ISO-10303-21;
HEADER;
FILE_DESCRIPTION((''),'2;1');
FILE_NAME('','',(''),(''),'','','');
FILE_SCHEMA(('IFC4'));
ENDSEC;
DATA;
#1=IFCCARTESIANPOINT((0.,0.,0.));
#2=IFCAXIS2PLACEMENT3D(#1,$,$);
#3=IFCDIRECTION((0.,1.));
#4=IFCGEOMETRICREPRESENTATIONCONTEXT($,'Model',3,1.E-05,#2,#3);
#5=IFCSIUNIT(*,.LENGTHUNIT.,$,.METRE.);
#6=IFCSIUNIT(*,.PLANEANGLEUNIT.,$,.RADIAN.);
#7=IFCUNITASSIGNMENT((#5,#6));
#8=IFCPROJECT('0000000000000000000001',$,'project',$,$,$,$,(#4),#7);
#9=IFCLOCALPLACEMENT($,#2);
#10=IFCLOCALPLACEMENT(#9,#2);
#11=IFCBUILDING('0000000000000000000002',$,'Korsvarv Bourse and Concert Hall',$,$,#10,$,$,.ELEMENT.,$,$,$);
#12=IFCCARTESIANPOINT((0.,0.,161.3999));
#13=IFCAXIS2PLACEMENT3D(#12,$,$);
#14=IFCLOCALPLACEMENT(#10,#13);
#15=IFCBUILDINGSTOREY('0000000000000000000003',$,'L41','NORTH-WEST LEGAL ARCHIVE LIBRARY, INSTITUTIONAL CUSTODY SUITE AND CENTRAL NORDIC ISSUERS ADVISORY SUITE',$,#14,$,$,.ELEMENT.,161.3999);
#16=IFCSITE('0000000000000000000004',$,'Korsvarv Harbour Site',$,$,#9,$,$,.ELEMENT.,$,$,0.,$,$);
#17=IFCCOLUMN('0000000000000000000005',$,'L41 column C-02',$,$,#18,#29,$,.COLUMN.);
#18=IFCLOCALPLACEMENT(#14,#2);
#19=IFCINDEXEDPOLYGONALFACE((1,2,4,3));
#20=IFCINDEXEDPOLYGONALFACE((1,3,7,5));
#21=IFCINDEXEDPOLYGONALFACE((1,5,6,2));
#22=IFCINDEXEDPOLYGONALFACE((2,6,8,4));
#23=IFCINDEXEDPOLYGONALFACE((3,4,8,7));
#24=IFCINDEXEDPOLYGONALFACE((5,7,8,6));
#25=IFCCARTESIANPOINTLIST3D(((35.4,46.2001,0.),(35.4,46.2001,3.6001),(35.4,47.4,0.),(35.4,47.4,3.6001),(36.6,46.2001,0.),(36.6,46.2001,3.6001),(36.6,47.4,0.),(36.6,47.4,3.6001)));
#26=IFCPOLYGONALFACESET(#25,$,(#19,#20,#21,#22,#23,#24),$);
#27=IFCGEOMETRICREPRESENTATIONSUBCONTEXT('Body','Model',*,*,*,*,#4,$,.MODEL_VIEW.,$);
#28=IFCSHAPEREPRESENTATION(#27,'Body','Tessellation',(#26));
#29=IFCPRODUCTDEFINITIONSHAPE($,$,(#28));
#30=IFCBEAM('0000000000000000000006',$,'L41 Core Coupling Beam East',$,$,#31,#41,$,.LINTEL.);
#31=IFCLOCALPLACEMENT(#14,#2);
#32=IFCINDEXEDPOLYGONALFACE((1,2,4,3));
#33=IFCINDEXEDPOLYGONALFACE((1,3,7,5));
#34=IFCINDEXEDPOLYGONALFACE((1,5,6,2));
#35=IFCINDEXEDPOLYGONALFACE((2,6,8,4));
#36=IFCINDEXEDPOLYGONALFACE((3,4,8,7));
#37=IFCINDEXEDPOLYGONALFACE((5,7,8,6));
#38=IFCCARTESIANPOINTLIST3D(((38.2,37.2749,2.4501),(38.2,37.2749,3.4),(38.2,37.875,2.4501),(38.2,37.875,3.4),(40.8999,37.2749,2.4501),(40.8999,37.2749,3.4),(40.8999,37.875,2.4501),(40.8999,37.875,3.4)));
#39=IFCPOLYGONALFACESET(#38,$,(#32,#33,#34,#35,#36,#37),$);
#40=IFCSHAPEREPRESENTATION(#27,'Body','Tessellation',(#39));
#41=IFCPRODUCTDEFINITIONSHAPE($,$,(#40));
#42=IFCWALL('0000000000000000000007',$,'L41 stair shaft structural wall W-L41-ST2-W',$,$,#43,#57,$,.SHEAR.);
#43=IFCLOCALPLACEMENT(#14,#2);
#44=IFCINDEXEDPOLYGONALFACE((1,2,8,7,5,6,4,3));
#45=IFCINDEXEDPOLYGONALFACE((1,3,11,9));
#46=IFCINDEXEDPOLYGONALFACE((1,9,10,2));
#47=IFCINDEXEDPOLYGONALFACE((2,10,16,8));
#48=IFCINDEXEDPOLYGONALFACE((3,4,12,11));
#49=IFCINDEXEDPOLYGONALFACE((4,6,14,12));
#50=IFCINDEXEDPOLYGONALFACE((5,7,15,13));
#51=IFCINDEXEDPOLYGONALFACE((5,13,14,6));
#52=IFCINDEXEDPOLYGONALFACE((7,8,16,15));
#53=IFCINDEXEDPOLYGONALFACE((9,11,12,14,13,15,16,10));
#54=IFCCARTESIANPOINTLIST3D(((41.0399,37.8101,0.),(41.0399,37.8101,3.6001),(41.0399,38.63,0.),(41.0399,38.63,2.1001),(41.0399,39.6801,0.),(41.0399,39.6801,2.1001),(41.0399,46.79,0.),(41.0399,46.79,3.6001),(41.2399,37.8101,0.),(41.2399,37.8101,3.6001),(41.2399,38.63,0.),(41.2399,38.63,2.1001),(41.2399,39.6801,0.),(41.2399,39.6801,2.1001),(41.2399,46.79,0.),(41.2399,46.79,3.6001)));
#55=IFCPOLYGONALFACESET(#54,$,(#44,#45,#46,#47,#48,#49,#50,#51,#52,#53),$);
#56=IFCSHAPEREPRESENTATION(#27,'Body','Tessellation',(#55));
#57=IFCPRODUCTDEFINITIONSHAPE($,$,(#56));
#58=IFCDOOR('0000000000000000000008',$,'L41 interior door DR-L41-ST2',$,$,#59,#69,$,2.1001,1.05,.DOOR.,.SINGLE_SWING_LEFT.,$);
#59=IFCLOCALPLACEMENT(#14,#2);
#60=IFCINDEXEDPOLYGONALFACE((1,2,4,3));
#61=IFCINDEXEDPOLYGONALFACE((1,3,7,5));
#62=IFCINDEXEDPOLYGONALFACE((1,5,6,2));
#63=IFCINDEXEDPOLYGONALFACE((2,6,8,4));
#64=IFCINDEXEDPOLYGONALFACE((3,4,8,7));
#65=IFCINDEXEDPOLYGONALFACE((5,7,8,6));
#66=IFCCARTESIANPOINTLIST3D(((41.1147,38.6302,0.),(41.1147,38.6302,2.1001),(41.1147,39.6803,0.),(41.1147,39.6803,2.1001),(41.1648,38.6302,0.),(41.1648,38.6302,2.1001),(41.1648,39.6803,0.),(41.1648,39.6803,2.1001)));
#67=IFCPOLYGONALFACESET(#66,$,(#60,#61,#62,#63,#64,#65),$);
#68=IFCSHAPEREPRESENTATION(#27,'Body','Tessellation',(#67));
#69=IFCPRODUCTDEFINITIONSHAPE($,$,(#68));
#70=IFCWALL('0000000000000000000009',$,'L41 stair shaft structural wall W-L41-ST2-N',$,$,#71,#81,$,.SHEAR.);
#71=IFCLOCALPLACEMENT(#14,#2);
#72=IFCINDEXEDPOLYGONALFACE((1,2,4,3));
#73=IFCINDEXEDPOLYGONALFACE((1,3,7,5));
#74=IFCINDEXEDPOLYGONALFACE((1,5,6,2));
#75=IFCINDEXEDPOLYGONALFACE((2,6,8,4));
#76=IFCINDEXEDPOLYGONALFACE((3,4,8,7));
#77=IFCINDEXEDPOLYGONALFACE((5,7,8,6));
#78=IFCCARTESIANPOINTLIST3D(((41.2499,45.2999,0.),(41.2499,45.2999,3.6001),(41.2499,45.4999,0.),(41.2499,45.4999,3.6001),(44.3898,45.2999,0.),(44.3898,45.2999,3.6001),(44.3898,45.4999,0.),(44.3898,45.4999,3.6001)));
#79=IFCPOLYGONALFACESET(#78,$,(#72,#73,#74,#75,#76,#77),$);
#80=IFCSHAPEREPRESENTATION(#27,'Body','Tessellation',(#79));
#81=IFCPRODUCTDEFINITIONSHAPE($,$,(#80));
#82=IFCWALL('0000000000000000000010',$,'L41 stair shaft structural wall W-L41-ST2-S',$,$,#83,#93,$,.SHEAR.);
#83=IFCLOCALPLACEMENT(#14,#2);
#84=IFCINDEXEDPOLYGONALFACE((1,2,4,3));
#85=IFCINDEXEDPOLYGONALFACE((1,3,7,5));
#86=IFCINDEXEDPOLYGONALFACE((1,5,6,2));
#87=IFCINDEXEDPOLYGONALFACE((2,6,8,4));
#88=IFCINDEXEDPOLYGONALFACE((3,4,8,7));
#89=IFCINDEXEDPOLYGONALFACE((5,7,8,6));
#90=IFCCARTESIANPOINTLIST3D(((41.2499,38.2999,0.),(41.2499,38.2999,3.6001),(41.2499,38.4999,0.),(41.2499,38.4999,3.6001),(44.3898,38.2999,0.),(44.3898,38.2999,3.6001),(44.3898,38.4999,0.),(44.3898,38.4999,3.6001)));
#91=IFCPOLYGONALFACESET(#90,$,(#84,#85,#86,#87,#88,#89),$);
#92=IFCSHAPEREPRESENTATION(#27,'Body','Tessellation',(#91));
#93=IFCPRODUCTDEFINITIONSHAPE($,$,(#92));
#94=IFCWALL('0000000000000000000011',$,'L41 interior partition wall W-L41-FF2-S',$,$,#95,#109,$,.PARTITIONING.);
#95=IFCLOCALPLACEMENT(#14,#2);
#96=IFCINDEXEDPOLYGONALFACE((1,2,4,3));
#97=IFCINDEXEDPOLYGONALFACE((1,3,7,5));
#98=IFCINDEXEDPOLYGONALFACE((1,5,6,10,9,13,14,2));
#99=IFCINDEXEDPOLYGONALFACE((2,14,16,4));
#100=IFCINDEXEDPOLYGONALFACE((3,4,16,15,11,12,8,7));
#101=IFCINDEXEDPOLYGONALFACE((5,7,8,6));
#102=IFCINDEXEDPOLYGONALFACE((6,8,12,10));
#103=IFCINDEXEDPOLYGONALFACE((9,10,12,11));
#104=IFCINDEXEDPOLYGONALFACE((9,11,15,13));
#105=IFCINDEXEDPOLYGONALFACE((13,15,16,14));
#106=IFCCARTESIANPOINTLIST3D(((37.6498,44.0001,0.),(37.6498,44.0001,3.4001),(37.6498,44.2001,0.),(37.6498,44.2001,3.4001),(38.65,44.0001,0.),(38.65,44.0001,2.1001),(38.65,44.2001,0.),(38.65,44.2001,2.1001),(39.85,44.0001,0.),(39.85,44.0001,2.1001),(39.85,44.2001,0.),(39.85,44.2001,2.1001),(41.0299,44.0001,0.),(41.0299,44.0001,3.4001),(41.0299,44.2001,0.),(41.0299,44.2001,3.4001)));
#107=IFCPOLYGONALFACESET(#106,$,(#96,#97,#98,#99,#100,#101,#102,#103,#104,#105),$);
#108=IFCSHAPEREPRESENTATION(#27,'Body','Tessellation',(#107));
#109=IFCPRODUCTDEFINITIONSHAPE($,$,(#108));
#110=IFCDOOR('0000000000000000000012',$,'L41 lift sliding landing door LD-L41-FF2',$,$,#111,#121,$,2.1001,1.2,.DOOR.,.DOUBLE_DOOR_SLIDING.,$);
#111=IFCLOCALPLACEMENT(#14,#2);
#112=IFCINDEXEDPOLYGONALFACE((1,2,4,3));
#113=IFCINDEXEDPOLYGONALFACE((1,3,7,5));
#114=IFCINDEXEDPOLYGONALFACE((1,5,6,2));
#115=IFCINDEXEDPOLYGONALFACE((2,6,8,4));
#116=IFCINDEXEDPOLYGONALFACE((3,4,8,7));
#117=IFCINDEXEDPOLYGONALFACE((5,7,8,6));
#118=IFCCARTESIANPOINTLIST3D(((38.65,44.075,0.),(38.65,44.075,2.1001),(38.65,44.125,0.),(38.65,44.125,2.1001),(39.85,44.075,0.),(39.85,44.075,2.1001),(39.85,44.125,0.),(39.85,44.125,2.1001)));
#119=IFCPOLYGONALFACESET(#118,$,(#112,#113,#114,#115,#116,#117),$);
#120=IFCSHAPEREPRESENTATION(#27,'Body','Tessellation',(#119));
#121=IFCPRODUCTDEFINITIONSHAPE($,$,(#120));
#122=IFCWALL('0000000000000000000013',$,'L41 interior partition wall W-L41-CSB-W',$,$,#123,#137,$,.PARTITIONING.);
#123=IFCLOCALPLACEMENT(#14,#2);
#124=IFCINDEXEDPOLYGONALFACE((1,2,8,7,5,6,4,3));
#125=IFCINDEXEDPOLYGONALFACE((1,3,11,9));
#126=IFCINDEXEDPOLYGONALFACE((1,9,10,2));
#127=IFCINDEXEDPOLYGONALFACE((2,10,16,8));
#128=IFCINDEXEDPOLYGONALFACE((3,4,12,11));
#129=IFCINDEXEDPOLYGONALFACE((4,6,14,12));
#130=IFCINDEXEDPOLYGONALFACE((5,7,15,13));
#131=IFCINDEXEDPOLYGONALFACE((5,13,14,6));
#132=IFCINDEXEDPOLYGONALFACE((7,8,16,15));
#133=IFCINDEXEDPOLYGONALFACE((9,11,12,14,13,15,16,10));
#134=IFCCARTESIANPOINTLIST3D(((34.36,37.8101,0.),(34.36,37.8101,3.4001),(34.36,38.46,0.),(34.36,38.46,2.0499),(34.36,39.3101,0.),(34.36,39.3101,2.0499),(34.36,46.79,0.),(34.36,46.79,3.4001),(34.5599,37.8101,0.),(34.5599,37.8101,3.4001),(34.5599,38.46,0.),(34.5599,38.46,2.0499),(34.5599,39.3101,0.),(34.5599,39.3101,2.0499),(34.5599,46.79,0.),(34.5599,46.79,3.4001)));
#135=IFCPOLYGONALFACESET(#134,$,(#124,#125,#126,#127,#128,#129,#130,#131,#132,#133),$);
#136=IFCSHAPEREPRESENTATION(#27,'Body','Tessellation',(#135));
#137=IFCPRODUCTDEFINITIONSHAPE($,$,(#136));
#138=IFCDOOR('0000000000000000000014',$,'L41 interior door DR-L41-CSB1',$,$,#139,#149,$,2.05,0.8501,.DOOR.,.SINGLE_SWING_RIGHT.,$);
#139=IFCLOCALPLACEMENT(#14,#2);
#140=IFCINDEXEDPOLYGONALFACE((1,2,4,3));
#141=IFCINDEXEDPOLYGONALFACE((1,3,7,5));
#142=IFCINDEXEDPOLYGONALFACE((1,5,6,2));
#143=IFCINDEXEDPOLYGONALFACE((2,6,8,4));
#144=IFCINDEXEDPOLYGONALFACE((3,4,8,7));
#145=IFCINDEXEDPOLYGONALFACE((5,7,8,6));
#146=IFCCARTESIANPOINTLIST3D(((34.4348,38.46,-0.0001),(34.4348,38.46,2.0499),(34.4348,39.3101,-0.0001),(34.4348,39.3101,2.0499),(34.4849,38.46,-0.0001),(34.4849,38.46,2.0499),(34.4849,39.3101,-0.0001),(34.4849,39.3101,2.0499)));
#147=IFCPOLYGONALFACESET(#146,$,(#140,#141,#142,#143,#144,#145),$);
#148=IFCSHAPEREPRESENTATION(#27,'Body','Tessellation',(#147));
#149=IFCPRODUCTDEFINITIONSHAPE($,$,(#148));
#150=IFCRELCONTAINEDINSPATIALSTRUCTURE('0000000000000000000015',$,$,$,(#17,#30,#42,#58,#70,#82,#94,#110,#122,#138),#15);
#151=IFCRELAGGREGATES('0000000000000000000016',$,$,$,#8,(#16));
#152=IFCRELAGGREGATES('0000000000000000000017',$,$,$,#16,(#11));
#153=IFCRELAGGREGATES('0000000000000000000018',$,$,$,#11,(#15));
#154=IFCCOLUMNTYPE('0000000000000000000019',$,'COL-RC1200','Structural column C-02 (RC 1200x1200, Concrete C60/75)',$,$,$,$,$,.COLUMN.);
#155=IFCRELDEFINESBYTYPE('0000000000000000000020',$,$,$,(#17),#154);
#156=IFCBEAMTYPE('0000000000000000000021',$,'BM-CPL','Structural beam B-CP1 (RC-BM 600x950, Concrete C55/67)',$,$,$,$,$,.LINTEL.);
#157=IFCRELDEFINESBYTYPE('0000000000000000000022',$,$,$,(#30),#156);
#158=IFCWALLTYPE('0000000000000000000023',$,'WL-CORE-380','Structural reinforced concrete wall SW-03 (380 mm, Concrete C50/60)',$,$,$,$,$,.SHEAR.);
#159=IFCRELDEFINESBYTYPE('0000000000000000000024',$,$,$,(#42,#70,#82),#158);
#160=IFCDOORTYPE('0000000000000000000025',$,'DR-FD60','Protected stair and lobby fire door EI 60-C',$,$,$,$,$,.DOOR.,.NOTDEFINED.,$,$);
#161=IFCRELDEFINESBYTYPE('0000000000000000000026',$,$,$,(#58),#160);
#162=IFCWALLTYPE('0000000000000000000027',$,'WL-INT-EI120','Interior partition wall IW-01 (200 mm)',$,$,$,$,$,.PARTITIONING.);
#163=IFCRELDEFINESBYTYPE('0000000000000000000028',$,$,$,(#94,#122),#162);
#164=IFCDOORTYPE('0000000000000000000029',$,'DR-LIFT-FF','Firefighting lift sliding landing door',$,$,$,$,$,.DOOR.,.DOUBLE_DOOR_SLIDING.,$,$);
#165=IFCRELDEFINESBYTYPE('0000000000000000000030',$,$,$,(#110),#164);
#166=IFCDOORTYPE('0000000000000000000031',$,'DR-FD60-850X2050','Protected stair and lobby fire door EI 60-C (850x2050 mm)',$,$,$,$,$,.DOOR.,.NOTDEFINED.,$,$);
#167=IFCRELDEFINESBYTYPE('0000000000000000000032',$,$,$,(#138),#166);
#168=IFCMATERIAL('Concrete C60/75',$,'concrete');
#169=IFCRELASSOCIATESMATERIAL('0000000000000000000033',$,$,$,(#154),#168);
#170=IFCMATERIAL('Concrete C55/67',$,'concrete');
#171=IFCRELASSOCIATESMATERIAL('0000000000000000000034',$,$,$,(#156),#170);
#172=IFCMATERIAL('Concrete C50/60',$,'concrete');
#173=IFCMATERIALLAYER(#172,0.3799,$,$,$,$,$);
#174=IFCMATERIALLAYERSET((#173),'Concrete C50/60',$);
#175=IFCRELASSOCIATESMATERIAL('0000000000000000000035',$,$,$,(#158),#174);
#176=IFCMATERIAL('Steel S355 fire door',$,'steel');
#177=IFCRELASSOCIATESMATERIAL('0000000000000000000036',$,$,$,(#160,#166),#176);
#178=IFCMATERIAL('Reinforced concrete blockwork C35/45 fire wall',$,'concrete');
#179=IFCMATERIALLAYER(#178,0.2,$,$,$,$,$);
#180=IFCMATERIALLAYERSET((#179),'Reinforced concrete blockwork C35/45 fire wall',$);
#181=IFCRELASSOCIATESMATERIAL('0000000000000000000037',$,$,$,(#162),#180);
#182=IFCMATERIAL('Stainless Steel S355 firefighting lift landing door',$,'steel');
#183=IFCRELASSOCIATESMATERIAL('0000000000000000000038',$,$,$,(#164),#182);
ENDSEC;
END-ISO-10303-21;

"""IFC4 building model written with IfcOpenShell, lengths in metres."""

from ifc_helpers import new_model, si_unit, direction, frame, frame_2d, origin, origin_2d, place, context, subcontext, project, spatial, rectangle, extrude, source, transform, mapped, material, layer, layer_set, material_profile, profile_set, type_object, element, fill, save


model = new_model("IFC4")

# Units and contexts
model_context = context("Model", 3, precision=1e-05, world=origin(), true_north=direction((0.0, 1.0)))
body_context = subcontext(model_context, "Body", "Model", "MODEL_VIEW")
ifc_project = project(units=[si_unit("LENGTHUNIT", "METRE"), si_unit("PLANEANGLEUNIT", "RADIAN")], contexts=[model_context])

# Site, building, storey
site_placement = place(None, origin())
site = spatial("IfcSite", under=ifc_project, at=site_placement, Name="Korsvarv Harbour Site", CompositionType="ELEMENT", RefElevation=0.0)
building_placement = place(site_placement, origin())
building = spatial("IfcBuilding", under=site, at=building_placement, Name="Korsvarv Bourse and Concert Hall", CompositionType="ELEMENT")
storey_placement = place(building_placement, frame((0.0, 0.0, 161.3999)))
storey = spatial("IfcBuildingStorey", under=building, at=storey_placement, Name="L41", Description="NORTH-WEST LEGAL ARCHIVE LIBRARY, INSTITUTIONAL CUSTODY SUITE AND CENTRAL NORDIC ISSUERS ADVISORY SUITE", CompositionType="ELEMENT", Elevation=161.3999)

# Column
ifc_material_1 = material(Name="Concrete C60/75", Category="concrete")
ifc_material_profile_1 = material_profile(ifc_material_1, rectangle(XDim=1.2, YDim=1.2, at=origin_2d()), Name="RC 1200x1200")
ifc_profile_set_1 = profile_set([ifc_material_profile_1], Name="Concrete C60/75")
column_type = type_object("IfcColumnType", Name="COL-RC1200", Description="Structural column C-02 (RC 1200x1200, Concrete C60/75)", PredefinedType="COLUMN", material=ifc_profile_set_1)
shared_shape_1 = source(origin(), body_context, "Body", "SweptSolid", [
    extrude(rectangle(XDim=1.2, YDim=1.2, at=origin_2d()), origin(), (0.0, 0.0, 1.0), 3.6001),
])
column_placement = place(storey_placement, frame((36.0, 46.8, 0.0), z_axis=(0.0, 0.0, 1.0), x_axis=(1.0, 0.0, 0.0)))
element("IfcColumn", 1, at=column_placement, inside=storey, type_object=column_type, Name="L41 column C-02", PredefinedType="COLUMN", context=body_context, shape_type="MappedRepresentation", body=[
    mapped(shared_shape_1, transform((0.0, 0.0, 0.0), scale=1.0)),
])

# Beam
ifc_material_2 = material(Name="Concrete C55/67", Category="concrete")
ifc_material_profile_2 = material_profile(ifc_material_2, rectangle(XDim=0.6001, YDim=0.95, at=origin_2d()), Name="RC-BM 600x950")
ifc_profile_set_2 = profile_set([ifc_material_profile_2], Name="Concrete C55/67")
beam_type = type_object("IfcBeamType", Name="BM-CPL", Description="Structural beam B-CP1 (RC-BM 600x950, Concrete C55/67)", PredefinedType="LINTEL", material=ifc_profile_set_2)
shared_shape_2 = source(origin(), body_context, "Body", "SweptSolid", [
    extrude(rectangle(XDim=0.6001, YDim=0.95, at=origin_2d()), origin(), (0.0, 0.0, 1.0), 2.7),
])
beam_placement = place(storey_placement, frame((38.2, 37.575, 2.925), z_axis=(1.0, 0.0, 0.0), x_axis=(0.0, 1.0, 0.0)))
element("IfcBeam", 2, at=beam_placement, inside=storey, type_object=beam_type, Name="L41 Core Coupling Beam East", PredefinedType="LINTEL", context=body_context, shape_type="MappedRepresentation", body=[
    mapped(shared_shape_2, transform((0.0, 0.0, 0.0), scale=1.0)),
])

# Wall, opening, door
ifc_material_3 = material(Name="Concrete C50/60", Category="concrete")
ifc_layer_1 = layer(ifc_material_3, 0.3799)
ifc_layer_set_1 = layer_set([ifc_layer_1], Name="Concrete C50/60")
wall_type_1 = type_object("IfcWallType", Name="WL-CORE-380", Description="Structural reinforced concrete wall SW-03 (380 mm, Concrete C50/60)", PredefinedType="SHEAR", material=ifc_layer_set_1)
wall_1_placement = place(storey_placement, frame((41.1399, 37.8101, 0.0), z_axis=(0.0, 0.0, 1.0), x_axis=(0.0, 1.0, 0.0)))
wall_1 = element("IfcWall", 3, at=wall_1_placement, inside=storey, type_object=wall_type_1, Name="L41 stair shaft structural wall W-L41-ST2-W", PredefinedType="SHEAR", context=body_context, shape_type="SweptSolid", body=[
    extrude(rectangle(XDim=8.98, YDim=0.2, at=frame_2d((4.49, 0.0))), origin(), (0.0, 0.0, 1.0), 3.6001),
])
opening_1_placement = place(wall_1_placement, frame((0.8201, 0.0, 0.0)))
opening_1 = element("IfcOpeningElement", 4, at=opening_1_placement, cuts=wall_1, PredefinedType="OPENING", context=body_context, shape_type="SweptSolid", body=[
    extrude(rectangle(XDim=1.05, YDim=2.1001, at=frame_2d((0.5249, 1.05))), frame((0.0, 0.1099, 0.0), z_axis=(0.0, -1.0, 0.0), x_axis=(1.0, 0.0, 0.0)), (0.0, 0.0, 1.0), 0.22),
])
ifc_material_4 = material(Name="Steel S355 fire door", Category="steel")
door_type_1 = type_object("IfcDoorType", Name="DR-FD60", Description="Protected stair and lobby fire door EI 60-C", OperationType="NOTDEFINED", PredefinedType="DOOR", material=ifc_material_4)
door_1_placement = place(opening_1_placement, frame((1.05, 0.0, 0.0), z_axis=(0.0, 0.0, 1.0), x_axis=(-1.0, 0.0, 0.0)))
door_1 = element("IfcDoor", 5, at=door_1_placement, inside=storey, type_object=door_type_1, Name="L41 interior door DR-L41-ST2", OperationType="SINGLE_SWING_LEFT", OverallHeight=2.1001, OverallWidth=1.05, PredefinedType="DOOR", context=body_context, shape_type="SweptSolid", body=[
    extrude(rectangle(XDim=1.05, YDim=2.1001, at=frame_2d((0.5249, 1.05))), frame((0.0, 0.0249, 0.0), z_axis=(0.0, -1.0, 0.0), x_axis=(1.0, 0.0, 0.0)), (0.0, 0.0, 1.0), 0.05),
])
fill(opening_1, door_1)

# Walls
for number, where, z_axis, x_axis, name in (
    (6, (41.25, 45.3999, 0.0), (0.0, 0.0, 1.0), (1.0, 0.0, 0.0), "L41 stair shaft structural wall W-L41-ST2-N"),
    (7, (41.25, 38.3999, 0.0), (0.0, 0.0, 1.0), (1.0, 0.0, 0.0), "L41 stair shaft structural wall W-L41-ST2-S"),
):
    element("IfcWall", number, at=place(storey_placement, frame(where, z_axis=z_axis, x_axis=x_axis)), inside=storey, type_object=wall_type_1, Name=name, PredefinedType="SHEAR", context=body_context, shape_type="SweptSolid", body=[
        extrude(rectangle(XDim=3.1399, YDim=0.2, at=frame_2d((1.5698, 0.0))), origin(), (0.0, 0.0, 1.0), 3.6001),
    ])

# Walls, openings, doors
ifc_material_5 = material(Name="Reinforced concrete blockwork C35/45 fire wall", Category="concrete")
ifc_layer_2 = layer(ifc_material_5, 0.2)
ifc_layer_set_2 = layer_set([ifc_layer_2], Name="Reinforced concrete blockwork C35/45 fire wall")
wall_type_2 = type_object("IfcWallType", Name="WL-INT-EI120", Description="Interior partition wall IW-01 (200 mm)", PredefinedType="PARTITIONING", material=ifc_layer_set_2)
wall_2_placement = place(storey_placement, frame((37.6499, 44.1001, 0.0), z_axis=(0.0, 0.0, 1.0), x_axis=(1.0, 0.0, 0.0)))
wall_2 = element("IfcWall", 8, at=wall_2_placement, inside=storey, type_object=wall_type_2, Name="L41 interior partition wall W-L41-FF2-S", PredefinedType="PARTITIONING", context=body_context, shape_type="SweptSolid", body=[
    extrude(rectangle(XDim=3.3801, YDim=0.2, at=frame_2d((1.6899, 0.0))), origin(), (0.0, 0.0, 1.0), 3.4001),
])
opening_2_placement = place(wall_2_placement, frame((1.0, 0.0, 0.0)))
opening_2 = element("IfcOpeningElement", 9, at=opening_2_placement, cuts=wall_2, PredefinedType="OPENING", context=body_context, shape_type="SweptSolid", body=[
    extrude(rectangle(XDim=1.2, YDim=2.1001, at=frame_2d((0.6001, 1.05))), frame((0.0, 0.1099, 0.0), z_axis=(0.0, -1.0, 0.0), x_axis=(1.0, 0.0, 0.0)), (0.0, 0.0, 1.0), 0.22),
])
ifc_material_6 = material(Name="Stainless Steel S355 firefighting lift landing door", Category="steel")
door_type_2 = type_object("IfcDoorType", Name="DR-LIFT-FF", Description="Firefighting lift sliding landing door", OperationType="DOUBLE_DOOR_SLIDING", PredefinedType="DOOR", material=ifc_material_6)
door_2_placement = place(opening_2_placement, origin())
door_2 = element("IfcDoor", 10, at=door_2_placement, inside=storey, type_object=door_type_2, Name="L41 lift sliding landing door LD-L41-FF2", OperationType="DOUBLE_DOOR_SLIDING", OverallHeight=2.1001, OverallWidth=1.2, PredefinedType="DOOR", context=body_context, shape_type="SweptSolid", body=[
    extrude(rectangle(XDim=1.2, YDim=2.1001, at=frame_2d((0.6001, 1.05))), frame((0.0, 0.0249, 0.0), z_axis=(0.0, -1.0, 0.0), x_axis=(1.0, 0.0, 0.0)), (0.0, 0.0, 1.0), 0.05),
])
fill(opening_2, door_2)
wall_3_placement = place(storey_placement, frame((34.46, 37.8101, 0.0), z_axis=(0.0, 0.0, 1.0), x_axis=(0.0, 1.0, 0.0)))
wall_3 = element("IfcWall", 11, at=wall_3_placement, inside=storey, type_object=wall_type_2, Name="L41 interior partition wall W-L41-CSB-W", PredefinedType="PARTITIONING", context=body_context, shape_type="SweptSolid", body=[
    extrude(rectangle(XDim=8.98, YDim=0.2, at=frame_2d((4.49, 0.0))), origin(), (0.0, 0.0, 1.0), 3.4001),
])
opening_3_placement = place(wall_3_placement, frame((0.6499, 0.0, 0.0)))
opening_3 = element("IfcOpeningElement", 12, at=opening_3_placement, cuts=wall_3, PredefinedType="OPENING", context=body_context, shape_type="SweptSolid", body=[
    extrude(rectangle(XDim=0.8501, YDim=2.05, at=frame_2d((0.425, 1.0249))), frame((0.0, 0.1099, 0.0), z_axis=(0.0, -1.0, 0.0), x_axis=(1.0, 0.0, 0.0)), (0.0, 0.0, 1.0), 0.22),
])
door_type_3 = type_object("IfcDoorType", Name="DR-FD60-850X2050", Description="Protected stair and lobby fire door EI 60-C (850x2050 mm)", OperationType="NOTDEFINED", PredefinedType="DOOR", material=ifc_material_4)
door_3_placement = place(opening_3_placement, frame((0.8501, 0.0, 0.0), z_axis=(0.0, 0.0, 1.0), x_axis=(-1.0, 0.0, 0.0)))
door_3 = element("IfcDoor", 13, at=door_3_placement, inside=storey, type_object=door_type_3, Name="L41 interior door DR-L41-CSB1", OperationType="SINGLE_SWING_RIGHT", OverallHeight=2.05, OverallWidth=0.8501, PredefinedType="DOOR", context=body_context, shape_type="SweptSolid", body=[
    extrude(rectangle(XDim=0.8501, YDim=2.05, at=frame_2d((0.425, 1.0249))), frame((0.0, 0.0249, 0.0), z_axis=(0.0, -1.0, 0.0), x_axis=(1.0, 0.0, 0.0)), (0.0, 0.0, 1.0), 0.05),
])
fill(opening_3, door_3)

save(model, "model.ifc")
